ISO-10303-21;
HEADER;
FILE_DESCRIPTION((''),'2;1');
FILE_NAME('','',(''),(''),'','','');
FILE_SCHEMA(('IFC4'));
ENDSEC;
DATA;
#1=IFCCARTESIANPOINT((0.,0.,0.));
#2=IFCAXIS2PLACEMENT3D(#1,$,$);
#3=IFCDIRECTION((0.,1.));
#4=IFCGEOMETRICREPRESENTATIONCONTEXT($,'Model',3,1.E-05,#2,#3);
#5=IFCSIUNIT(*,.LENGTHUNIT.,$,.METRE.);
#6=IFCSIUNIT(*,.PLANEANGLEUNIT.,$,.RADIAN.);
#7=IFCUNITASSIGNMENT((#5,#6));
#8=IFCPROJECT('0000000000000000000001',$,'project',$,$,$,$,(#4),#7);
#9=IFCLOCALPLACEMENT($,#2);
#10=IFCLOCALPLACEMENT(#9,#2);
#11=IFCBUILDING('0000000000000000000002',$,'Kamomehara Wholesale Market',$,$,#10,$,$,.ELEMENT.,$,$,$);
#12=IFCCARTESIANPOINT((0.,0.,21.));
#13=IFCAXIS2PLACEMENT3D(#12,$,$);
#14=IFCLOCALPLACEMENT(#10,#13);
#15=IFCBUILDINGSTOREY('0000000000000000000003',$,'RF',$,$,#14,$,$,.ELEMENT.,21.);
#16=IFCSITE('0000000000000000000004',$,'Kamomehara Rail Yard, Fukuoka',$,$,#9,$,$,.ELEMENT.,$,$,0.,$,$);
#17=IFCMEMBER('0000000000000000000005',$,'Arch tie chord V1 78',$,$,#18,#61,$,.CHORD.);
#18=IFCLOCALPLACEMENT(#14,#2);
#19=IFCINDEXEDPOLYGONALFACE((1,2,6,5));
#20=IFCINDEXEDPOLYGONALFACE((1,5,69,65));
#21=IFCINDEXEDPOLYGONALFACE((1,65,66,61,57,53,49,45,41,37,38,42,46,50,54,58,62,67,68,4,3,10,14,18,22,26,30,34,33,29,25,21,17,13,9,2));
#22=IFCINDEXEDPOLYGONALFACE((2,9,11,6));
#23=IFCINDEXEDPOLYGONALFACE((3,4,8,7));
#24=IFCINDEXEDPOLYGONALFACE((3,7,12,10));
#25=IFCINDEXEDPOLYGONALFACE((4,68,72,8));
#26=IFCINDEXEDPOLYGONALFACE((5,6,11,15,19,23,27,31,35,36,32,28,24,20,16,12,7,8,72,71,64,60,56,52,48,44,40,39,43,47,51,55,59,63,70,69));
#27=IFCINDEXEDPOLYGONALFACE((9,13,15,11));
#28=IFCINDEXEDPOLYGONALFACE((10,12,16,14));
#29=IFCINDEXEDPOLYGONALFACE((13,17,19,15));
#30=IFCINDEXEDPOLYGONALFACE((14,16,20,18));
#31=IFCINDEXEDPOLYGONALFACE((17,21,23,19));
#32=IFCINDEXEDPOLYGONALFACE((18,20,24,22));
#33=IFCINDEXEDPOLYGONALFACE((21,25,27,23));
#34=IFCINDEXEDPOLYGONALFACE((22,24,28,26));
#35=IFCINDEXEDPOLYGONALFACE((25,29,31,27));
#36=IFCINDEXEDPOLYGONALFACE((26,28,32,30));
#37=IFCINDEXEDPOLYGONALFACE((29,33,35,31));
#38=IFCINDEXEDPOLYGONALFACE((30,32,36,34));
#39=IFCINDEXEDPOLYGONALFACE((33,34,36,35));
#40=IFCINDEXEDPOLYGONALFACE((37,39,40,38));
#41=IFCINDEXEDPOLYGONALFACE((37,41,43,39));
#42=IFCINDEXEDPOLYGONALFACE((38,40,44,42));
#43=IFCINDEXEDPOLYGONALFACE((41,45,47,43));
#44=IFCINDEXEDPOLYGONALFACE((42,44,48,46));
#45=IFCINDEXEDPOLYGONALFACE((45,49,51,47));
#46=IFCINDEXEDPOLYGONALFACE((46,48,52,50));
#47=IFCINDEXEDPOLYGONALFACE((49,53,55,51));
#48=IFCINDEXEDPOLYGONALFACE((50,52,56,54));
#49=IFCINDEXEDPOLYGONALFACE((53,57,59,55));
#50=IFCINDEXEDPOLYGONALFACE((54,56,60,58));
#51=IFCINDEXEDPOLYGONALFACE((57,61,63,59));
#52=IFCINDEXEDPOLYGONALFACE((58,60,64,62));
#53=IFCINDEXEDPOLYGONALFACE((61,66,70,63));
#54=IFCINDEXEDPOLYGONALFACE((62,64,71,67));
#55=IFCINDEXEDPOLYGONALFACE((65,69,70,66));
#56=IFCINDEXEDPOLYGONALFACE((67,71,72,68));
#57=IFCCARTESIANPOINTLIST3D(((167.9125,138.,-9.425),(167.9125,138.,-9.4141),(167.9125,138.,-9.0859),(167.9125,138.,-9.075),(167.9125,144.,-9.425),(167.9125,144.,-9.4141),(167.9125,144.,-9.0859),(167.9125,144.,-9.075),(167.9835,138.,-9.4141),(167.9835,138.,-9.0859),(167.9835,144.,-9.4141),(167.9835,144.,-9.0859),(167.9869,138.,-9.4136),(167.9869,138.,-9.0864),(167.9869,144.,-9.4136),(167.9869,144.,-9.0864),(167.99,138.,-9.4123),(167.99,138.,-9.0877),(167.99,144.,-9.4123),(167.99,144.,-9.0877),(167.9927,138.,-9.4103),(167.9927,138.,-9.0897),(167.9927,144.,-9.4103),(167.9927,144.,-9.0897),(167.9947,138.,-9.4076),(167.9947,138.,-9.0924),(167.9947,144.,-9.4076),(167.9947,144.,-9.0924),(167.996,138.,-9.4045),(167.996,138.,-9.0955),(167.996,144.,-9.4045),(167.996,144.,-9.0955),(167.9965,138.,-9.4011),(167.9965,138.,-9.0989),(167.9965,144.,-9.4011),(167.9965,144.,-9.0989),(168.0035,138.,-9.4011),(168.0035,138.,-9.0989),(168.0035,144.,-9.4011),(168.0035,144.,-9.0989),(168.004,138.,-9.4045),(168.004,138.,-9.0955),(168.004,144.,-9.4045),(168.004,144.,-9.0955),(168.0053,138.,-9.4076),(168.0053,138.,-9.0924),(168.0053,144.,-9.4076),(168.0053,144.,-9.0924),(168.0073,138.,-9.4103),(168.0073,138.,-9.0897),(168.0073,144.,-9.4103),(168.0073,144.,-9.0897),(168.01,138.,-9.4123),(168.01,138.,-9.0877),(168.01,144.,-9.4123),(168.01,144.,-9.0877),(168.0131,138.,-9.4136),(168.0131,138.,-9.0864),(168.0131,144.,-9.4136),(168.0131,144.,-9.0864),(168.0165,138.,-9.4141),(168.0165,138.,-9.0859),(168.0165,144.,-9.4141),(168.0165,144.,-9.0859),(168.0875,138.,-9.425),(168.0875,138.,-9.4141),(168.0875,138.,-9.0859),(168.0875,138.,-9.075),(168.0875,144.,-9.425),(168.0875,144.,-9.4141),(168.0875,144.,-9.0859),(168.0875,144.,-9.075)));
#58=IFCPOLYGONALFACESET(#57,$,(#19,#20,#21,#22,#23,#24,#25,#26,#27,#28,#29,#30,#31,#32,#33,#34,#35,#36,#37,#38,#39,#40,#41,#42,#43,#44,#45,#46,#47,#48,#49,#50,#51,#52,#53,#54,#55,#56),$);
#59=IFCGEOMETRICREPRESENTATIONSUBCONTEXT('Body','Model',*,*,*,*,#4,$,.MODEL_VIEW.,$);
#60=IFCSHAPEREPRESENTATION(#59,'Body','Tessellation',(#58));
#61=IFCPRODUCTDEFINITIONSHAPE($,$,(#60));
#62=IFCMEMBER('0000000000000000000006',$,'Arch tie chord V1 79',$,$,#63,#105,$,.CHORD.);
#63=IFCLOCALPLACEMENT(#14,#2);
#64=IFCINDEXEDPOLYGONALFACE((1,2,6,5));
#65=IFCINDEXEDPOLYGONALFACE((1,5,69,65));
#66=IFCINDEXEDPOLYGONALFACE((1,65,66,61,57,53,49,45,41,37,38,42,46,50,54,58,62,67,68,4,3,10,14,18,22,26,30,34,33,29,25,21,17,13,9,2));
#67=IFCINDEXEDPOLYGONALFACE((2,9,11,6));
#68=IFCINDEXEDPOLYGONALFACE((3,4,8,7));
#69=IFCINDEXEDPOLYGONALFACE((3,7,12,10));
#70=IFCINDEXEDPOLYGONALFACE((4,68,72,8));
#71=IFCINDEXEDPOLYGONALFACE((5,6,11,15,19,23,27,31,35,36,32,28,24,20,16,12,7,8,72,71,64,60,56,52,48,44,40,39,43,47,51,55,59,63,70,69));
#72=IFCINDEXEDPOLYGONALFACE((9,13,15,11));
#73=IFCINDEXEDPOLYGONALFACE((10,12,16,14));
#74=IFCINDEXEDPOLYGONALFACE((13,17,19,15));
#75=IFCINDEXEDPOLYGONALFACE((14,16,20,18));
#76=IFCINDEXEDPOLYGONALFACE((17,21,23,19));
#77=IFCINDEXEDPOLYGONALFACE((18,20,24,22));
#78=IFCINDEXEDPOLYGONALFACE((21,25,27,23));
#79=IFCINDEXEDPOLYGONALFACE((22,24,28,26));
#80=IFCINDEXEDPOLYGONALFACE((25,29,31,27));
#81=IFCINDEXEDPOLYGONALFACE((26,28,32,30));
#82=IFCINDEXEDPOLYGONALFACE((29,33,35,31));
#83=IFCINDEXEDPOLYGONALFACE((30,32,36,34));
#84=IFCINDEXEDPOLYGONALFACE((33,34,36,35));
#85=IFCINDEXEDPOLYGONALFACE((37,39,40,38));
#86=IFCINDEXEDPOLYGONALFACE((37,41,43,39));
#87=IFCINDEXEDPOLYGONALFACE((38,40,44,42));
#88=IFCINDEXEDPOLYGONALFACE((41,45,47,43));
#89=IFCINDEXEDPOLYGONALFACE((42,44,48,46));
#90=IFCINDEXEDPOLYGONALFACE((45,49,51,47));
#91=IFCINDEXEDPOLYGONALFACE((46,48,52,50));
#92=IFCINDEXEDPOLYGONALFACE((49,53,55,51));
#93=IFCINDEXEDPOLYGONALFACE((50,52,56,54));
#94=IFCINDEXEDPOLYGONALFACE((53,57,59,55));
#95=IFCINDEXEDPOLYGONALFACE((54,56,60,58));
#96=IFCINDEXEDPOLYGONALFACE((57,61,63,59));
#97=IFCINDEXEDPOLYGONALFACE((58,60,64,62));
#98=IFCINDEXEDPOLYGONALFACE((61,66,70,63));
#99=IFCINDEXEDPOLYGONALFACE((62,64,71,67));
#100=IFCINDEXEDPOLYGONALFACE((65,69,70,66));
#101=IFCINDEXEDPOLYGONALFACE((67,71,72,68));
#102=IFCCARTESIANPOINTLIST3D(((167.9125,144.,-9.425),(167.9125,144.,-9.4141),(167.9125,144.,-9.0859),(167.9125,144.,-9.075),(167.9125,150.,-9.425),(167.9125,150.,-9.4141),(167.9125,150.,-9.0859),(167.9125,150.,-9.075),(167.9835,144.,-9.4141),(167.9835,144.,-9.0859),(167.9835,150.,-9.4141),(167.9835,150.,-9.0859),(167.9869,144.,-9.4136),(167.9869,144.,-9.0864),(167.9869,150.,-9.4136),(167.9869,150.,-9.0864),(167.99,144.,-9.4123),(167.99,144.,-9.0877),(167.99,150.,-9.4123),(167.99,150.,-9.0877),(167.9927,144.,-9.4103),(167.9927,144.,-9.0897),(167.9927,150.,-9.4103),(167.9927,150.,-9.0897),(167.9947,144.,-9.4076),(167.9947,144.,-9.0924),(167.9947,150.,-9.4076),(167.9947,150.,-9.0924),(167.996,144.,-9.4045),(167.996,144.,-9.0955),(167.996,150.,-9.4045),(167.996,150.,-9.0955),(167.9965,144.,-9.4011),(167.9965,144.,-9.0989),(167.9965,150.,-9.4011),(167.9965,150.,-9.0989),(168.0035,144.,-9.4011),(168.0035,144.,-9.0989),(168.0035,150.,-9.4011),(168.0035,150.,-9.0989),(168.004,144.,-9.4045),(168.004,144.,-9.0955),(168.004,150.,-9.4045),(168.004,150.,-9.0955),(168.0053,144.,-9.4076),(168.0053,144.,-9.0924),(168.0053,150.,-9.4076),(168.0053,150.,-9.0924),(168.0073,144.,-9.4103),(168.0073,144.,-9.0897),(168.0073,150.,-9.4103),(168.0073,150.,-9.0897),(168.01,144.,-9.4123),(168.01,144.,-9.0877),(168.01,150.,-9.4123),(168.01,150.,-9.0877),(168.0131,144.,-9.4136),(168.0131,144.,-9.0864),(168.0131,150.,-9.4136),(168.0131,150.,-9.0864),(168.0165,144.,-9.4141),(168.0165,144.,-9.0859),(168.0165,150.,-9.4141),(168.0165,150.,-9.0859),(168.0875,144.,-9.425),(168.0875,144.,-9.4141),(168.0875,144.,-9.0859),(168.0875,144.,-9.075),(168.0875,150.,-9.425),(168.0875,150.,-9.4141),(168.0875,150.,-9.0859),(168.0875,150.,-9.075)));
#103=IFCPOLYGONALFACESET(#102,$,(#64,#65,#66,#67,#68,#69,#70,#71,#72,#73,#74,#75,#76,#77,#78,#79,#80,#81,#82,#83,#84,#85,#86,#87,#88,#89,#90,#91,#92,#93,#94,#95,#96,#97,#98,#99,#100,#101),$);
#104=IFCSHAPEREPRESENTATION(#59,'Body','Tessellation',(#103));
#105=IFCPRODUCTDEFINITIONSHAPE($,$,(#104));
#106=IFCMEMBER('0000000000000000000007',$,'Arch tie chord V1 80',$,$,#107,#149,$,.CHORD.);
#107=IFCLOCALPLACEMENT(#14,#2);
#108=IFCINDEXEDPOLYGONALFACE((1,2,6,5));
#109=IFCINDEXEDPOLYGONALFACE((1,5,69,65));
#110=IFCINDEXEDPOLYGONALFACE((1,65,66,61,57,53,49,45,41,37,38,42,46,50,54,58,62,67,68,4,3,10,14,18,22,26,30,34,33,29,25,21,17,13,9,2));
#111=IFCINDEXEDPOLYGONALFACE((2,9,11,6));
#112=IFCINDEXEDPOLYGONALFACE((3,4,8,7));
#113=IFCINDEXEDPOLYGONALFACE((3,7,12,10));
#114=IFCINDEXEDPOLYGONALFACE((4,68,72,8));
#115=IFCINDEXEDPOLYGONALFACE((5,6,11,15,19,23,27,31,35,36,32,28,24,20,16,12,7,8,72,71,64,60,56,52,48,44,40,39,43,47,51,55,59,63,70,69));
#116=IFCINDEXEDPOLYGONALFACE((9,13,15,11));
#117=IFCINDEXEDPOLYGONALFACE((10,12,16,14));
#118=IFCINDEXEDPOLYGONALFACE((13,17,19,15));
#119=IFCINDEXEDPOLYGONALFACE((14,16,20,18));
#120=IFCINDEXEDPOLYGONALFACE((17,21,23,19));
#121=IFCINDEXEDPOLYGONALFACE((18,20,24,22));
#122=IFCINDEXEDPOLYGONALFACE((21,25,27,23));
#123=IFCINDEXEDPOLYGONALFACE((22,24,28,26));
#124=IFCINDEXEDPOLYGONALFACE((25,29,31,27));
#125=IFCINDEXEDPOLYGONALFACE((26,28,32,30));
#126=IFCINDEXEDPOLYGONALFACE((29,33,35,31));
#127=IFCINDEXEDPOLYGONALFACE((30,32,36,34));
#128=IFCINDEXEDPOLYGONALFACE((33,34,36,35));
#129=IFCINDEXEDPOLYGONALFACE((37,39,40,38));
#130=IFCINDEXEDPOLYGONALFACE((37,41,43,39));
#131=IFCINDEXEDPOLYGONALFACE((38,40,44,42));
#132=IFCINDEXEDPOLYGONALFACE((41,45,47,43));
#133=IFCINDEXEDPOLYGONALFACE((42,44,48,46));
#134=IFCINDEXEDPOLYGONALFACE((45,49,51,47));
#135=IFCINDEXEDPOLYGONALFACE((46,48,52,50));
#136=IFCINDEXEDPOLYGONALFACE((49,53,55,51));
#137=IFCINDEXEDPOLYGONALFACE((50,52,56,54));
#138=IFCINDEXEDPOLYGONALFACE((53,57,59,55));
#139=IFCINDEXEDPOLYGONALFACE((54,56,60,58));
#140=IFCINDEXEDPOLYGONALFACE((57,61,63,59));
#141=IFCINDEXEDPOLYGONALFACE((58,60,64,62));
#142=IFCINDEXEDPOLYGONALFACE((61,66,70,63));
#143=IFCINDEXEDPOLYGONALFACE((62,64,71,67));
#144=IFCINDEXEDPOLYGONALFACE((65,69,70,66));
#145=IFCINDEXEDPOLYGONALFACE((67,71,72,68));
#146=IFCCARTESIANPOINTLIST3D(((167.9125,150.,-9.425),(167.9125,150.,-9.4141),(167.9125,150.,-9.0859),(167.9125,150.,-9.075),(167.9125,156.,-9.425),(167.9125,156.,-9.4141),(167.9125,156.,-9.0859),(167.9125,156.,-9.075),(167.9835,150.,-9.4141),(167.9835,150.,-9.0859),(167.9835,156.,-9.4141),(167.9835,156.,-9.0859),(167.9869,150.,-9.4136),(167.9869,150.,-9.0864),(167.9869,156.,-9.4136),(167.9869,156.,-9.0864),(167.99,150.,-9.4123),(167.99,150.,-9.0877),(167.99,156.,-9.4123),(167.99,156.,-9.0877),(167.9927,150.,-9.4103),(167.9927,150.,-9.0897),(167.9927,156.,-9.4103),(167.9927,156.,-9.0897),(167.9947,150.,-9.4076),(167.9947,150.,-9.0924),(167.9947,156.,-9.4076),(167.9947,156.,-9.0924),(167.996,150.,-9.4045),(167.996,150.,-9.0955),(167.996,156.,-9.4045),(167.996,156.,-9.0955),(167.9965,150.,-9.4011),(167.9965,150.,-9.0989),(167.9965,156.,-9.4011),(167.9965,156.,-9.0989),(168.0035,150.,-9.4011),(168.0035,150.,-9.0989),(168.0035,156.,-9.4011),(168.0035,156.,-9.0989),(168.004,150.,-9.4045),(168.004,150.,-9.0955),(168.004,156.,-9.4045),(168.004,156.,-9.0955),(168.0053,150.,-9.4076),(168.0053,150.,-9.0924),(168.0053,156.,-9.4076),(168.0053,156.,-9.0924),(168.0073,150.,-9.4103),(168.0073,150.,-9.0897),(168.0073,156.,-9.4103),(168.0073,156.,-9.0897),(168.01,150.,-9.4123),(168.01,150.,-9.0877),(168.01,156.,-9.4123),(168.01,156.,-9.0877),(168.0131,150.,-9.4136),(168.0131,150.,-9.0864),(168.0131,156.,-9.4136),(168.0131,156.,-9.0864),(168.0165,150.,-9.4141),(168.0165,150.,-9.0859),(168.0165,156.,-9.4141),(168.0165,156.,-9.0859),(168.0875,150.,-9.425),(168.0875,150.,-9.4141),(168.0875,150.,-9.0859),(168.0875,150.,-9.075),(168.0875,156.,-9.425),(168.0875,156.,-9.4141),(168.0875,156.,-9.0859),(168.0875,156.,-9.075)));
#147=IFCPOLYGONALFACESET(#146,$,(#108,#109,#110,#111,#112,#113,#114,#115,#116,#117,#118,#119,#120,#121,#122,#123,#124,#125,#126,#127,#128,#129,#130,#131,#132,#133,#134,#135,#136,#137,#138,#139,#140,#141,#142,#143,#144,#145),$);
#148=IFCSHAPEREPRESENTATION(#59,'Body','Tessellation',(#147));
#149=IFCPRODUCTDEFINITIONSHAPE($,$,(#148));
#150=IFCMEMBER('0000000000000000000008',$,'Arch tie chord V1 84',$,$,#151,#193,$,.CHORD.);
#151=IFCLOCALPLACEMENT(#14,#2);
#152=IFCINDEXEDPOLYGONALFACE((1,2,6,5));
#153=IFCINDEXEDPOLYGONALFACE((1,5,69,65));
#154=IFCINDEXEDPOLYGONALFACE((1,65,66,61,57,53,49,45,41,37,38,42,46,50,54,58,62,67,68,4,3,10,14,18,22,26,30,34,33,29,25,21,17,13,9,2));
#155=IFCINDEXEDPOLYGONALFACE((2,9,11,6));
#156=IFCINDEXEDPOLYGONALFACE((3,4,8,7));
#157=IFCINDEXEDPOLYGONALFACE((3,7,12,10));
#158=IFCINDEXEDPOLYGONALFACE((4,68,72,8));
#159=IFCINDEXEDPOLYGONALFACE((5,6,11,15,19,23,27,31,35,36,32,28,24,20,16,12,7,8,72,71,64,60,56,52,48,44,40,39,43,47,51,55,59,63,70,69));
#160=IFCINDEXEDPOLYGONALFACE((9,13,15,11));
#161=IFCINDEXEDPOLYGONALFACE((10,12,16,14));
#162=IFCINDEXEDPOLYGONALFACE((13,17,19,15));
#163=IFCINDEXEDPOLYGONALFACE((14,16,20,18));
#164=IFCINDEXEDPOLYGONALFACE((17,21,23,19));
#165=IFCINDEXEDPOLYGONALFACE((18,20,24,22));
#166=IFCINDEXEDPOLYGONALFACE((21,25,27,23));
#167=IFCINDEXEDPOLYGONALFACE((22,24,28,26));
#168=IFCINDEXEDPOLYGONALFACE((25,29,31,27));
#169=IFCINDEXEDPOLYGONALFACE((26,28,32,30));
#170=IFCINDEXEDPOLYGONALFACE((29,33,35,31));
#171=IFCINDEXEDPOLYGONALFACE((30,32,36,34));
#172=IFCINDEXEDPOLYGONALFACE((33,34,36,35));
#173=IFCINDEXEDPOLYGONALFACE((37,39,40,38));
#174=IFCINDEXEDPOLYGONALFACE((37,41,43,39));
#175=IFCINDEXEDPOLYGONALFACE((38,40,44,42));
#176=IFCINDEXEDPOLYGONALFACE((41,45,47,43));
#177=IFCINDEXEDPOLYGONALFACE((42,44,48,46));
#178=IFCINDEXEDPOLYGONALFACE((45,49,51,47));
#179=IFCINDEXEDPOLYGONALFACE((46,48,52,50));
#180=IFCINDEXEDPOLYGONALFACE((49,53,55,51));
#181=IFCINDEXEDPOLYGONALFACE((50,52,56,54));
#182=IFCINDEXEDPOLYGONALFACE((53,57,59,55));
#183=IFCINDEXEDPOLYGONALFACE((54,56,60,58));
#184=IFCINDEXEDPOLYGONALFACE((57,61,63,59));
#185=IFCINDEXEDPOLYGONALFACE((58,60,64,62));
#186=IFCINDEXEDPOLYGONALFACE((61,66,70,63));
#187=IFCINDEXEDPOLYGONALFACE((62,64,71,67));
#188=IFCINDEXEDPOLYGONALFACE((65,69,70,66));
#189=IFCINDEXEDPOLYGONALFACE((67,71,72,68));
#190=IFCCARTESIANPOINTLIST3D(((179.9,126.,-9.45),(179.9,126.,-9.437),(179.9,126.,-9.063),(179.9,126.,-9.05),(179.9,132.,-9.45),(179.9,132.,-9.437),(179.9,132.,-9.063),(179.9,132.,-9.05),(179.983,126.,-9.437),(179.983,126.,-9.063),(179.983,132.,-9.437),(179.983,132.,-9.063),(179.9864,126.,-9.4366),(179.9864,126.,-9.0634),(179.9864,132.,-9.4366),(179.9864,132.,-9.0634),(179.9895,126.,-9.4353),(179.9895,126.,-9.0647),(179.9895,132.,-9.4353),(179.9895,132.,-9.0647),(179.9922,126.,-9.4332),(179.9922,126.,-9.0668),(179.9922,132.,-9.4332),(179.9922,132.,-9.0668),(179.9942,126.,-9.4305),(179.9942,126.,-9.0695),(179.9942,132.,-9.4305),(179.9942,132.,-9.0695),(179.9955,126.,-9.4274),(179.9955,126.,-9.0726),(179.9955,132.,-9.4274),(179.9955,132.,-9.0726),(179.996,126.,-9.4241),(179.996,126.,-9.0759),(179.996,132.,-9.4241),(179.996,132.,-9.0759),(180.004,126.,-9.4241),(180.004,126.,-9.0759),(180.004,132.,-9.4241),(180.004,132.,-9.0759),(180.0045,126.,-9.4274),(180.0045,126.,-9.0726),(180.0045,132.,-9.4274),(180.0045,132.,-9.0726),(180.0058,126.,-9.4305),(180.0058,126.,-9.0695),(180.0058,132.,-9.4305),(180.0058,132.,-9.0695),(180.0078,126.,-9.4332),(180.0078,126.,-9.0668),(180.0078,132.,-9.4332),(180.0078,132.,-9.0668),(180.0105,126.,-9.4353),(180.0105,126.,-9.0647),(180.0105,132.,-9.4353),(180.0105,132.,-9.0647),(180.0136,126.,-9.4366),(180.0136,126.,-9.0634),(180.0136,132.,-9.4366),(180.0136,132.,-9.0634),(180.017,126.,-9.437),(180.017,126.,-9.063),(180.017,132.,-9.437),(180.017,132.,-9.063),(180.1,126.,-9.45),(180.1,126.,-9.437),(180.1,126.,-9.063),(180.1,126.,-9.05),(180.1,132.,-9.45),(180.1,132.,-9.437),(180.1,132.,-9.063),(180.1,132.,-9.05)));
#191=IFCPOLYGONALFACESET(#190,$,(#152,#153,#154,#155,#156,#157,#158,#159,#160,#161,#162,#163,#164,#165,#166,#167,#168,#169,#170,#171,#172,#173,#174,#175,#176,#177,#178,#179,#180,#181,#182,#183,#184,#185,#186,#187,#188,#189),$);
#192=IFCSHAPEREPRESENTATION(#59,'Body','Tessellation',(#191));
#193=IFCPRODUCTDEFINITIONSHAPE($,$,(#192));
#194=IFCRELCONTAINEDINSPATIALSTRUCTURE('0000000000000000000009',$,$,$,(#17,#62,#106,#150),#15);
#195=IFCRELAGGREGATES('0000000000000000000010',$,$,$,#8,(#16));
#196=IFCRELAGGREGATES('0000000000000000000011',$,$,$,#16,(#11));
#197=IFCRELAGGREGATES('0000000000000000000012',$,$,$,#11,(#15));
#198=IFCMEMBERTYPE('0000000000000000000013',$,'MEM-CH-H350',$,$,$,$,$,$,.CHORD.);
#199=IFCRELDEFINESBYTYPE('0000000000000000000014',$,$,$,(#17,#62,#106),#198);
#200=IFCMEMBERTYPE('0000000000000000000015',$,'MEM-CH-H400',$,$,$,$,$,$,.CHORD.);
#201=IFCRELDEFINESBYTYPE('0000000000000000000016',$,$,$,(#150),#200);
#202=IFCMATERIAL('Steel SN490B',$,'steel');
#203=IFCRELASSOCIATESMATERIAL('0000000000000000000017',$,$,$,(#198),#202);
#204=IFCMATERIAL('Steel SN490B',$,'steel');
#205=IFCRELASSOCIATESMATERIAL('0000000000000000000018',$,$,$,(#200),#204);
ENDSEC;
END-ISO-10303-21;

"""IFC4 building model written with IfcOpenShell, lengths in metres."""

from ifc_helpers import new_model, si_unit, direction, frame, origin, origin_2d, place, context, subcontext, project, spatial, i_section, extrude, material, material_profile, profile_set, type_object, element, save


model = new_model("IFC4")

# Units and contexts
model_context = context("Model", 3, precision=1e-05, world=origin(), true_north=direction((0.0, 1.0)))
body_context = subcontext(model_context, "Body", "Model", "MODEL_VIEW")
ifc_project = project(units=[si_unit("LENGTHUNIT", "METRE"), si_unit("PLANEANGLEUNIT", "RADIAN")], contexts=[model_context])

# Site, building, storey
site_placement = place(None, origin())
site = spatial("IfcSite", under=ifc_project, at=site_placement, Name="Kamomehara Rail Yard, Fukuoka", CompositionType="ELEMENT", RefElevation=0.0)
building_placement = place(site_placement, origin())
building = spatial("IfcBuilding", under=site, at=building_placement, Name="Kamomehara Wholesale Market", CompositionType="ELEMENT")
storey_placement = place(building_placement, frame((0.0, 0.0, 21.0)))
storey = spatial("IfcBuildingStorey", under=building, at=storey_placement, Name="RF", CompositionType="ELEMENT", Elevation=21.0)

# Members
ifc_material_1 = material(Name="Steel SN490B", Category="steel")
ifc_material_profile_1 = material_profile(ifc_material_1, i_section(OverallWidth=0.175, OverallDepth=0.3501, WebThickness=0.0071, FlangeThickness=0.011, FilletRadius=0.0129, at=origin_2d()), Name="H-350x175x7x11")
ifc_profile_set_1 = profile_set([ifc_material_profile_1], Name="Steel SN490B")
member_type_1 = type_object("IfcMemberType", Name="MEM-CH-H350", PredefinedType="CHORD", material=ifc_profile_set_1)
for number, where, z_axis, x_axis, name in (
    (1, (168.0, 138.0, -9.25), (0.0, 1.0, 0.0), (-1.0, 0.0, 0.0), "Arch tie chord V1 78"),
    (2, (168.0, 144.0, -9.25), (0.0, 1.0, 0.0), (-1.0, 0.0, 0.0), "Arch tie chord V1 79"),
    (3, (168.0, 150.0, -9.25), (0.0, 1.0, 0.0), (-1.0, 0.0, 0.0), "Arch tie chord V1 80"),
):
    element("IfcMember", number, at=place(storey_placement, frame(where, z_axis=z_axis, x_axis=x_axis)), inside=storey, type_object=member_type_1, Name=name, PredefinedType="CHORD", context=body_context, shape_type="SweptSolid", body=[
        extrude(i_section(OverallWidth=0.175, OverallDepth=0.3501, WebThickness=0.0071, FlangeThickness=0.011, FilletRadius=0.0129, at=origin_2d()), origin(), (0.0, 0.0, 1.0), 6.0),
    ])
ifc_material_2 = material(Name="Steel SN490B", Category="steel")
ifc_material_profile_2 = material_profile(ifc_material_2, i_section(OverallWidth=0.2, OverallDepth=0.3999, WebThickness=0.0081, FlangeThickness=0.0129, FilletRadius=0.0129, at=origin_2d()), Name="H-400x200x8x13")
ifc_profile_set_2 = profile_set([ifc_material_profile_2], Name="Steel SN490B")
member_type_2 = type_object("IfcMemberType", Name="MEM-CH-H400", PredefinedType="CHORD", material=ifc_profile_set_2)
for number, where, z_axis, x_axis, name in (
    (4, (180.0, 126.0, -9.25), (0.0, 1.0, 0.0), (-1.0, 0.0, 0.0), "Arch tie chord V1 84"),
):
    element("IfcMember", number, at=place(storey_placement, frame(where, z_axis=z_axis, x_axis=x_axis)), inside=storey, type_object=member_type_2, Name=name, PredefinedType="CHORD", context=body_context, shape_type="SweptSolid", body=[
        extrude(i_section(OverallWidth=0.2, OverallDepth=0.3999, WebThickness=0.0081, FlangeThickness=0.0129, FilletRadius=0.0129, at=origin_2d()), origin(), (0.0, 0.0, 1.0), 6.0),
    ])

save(model, "model.ifc")
